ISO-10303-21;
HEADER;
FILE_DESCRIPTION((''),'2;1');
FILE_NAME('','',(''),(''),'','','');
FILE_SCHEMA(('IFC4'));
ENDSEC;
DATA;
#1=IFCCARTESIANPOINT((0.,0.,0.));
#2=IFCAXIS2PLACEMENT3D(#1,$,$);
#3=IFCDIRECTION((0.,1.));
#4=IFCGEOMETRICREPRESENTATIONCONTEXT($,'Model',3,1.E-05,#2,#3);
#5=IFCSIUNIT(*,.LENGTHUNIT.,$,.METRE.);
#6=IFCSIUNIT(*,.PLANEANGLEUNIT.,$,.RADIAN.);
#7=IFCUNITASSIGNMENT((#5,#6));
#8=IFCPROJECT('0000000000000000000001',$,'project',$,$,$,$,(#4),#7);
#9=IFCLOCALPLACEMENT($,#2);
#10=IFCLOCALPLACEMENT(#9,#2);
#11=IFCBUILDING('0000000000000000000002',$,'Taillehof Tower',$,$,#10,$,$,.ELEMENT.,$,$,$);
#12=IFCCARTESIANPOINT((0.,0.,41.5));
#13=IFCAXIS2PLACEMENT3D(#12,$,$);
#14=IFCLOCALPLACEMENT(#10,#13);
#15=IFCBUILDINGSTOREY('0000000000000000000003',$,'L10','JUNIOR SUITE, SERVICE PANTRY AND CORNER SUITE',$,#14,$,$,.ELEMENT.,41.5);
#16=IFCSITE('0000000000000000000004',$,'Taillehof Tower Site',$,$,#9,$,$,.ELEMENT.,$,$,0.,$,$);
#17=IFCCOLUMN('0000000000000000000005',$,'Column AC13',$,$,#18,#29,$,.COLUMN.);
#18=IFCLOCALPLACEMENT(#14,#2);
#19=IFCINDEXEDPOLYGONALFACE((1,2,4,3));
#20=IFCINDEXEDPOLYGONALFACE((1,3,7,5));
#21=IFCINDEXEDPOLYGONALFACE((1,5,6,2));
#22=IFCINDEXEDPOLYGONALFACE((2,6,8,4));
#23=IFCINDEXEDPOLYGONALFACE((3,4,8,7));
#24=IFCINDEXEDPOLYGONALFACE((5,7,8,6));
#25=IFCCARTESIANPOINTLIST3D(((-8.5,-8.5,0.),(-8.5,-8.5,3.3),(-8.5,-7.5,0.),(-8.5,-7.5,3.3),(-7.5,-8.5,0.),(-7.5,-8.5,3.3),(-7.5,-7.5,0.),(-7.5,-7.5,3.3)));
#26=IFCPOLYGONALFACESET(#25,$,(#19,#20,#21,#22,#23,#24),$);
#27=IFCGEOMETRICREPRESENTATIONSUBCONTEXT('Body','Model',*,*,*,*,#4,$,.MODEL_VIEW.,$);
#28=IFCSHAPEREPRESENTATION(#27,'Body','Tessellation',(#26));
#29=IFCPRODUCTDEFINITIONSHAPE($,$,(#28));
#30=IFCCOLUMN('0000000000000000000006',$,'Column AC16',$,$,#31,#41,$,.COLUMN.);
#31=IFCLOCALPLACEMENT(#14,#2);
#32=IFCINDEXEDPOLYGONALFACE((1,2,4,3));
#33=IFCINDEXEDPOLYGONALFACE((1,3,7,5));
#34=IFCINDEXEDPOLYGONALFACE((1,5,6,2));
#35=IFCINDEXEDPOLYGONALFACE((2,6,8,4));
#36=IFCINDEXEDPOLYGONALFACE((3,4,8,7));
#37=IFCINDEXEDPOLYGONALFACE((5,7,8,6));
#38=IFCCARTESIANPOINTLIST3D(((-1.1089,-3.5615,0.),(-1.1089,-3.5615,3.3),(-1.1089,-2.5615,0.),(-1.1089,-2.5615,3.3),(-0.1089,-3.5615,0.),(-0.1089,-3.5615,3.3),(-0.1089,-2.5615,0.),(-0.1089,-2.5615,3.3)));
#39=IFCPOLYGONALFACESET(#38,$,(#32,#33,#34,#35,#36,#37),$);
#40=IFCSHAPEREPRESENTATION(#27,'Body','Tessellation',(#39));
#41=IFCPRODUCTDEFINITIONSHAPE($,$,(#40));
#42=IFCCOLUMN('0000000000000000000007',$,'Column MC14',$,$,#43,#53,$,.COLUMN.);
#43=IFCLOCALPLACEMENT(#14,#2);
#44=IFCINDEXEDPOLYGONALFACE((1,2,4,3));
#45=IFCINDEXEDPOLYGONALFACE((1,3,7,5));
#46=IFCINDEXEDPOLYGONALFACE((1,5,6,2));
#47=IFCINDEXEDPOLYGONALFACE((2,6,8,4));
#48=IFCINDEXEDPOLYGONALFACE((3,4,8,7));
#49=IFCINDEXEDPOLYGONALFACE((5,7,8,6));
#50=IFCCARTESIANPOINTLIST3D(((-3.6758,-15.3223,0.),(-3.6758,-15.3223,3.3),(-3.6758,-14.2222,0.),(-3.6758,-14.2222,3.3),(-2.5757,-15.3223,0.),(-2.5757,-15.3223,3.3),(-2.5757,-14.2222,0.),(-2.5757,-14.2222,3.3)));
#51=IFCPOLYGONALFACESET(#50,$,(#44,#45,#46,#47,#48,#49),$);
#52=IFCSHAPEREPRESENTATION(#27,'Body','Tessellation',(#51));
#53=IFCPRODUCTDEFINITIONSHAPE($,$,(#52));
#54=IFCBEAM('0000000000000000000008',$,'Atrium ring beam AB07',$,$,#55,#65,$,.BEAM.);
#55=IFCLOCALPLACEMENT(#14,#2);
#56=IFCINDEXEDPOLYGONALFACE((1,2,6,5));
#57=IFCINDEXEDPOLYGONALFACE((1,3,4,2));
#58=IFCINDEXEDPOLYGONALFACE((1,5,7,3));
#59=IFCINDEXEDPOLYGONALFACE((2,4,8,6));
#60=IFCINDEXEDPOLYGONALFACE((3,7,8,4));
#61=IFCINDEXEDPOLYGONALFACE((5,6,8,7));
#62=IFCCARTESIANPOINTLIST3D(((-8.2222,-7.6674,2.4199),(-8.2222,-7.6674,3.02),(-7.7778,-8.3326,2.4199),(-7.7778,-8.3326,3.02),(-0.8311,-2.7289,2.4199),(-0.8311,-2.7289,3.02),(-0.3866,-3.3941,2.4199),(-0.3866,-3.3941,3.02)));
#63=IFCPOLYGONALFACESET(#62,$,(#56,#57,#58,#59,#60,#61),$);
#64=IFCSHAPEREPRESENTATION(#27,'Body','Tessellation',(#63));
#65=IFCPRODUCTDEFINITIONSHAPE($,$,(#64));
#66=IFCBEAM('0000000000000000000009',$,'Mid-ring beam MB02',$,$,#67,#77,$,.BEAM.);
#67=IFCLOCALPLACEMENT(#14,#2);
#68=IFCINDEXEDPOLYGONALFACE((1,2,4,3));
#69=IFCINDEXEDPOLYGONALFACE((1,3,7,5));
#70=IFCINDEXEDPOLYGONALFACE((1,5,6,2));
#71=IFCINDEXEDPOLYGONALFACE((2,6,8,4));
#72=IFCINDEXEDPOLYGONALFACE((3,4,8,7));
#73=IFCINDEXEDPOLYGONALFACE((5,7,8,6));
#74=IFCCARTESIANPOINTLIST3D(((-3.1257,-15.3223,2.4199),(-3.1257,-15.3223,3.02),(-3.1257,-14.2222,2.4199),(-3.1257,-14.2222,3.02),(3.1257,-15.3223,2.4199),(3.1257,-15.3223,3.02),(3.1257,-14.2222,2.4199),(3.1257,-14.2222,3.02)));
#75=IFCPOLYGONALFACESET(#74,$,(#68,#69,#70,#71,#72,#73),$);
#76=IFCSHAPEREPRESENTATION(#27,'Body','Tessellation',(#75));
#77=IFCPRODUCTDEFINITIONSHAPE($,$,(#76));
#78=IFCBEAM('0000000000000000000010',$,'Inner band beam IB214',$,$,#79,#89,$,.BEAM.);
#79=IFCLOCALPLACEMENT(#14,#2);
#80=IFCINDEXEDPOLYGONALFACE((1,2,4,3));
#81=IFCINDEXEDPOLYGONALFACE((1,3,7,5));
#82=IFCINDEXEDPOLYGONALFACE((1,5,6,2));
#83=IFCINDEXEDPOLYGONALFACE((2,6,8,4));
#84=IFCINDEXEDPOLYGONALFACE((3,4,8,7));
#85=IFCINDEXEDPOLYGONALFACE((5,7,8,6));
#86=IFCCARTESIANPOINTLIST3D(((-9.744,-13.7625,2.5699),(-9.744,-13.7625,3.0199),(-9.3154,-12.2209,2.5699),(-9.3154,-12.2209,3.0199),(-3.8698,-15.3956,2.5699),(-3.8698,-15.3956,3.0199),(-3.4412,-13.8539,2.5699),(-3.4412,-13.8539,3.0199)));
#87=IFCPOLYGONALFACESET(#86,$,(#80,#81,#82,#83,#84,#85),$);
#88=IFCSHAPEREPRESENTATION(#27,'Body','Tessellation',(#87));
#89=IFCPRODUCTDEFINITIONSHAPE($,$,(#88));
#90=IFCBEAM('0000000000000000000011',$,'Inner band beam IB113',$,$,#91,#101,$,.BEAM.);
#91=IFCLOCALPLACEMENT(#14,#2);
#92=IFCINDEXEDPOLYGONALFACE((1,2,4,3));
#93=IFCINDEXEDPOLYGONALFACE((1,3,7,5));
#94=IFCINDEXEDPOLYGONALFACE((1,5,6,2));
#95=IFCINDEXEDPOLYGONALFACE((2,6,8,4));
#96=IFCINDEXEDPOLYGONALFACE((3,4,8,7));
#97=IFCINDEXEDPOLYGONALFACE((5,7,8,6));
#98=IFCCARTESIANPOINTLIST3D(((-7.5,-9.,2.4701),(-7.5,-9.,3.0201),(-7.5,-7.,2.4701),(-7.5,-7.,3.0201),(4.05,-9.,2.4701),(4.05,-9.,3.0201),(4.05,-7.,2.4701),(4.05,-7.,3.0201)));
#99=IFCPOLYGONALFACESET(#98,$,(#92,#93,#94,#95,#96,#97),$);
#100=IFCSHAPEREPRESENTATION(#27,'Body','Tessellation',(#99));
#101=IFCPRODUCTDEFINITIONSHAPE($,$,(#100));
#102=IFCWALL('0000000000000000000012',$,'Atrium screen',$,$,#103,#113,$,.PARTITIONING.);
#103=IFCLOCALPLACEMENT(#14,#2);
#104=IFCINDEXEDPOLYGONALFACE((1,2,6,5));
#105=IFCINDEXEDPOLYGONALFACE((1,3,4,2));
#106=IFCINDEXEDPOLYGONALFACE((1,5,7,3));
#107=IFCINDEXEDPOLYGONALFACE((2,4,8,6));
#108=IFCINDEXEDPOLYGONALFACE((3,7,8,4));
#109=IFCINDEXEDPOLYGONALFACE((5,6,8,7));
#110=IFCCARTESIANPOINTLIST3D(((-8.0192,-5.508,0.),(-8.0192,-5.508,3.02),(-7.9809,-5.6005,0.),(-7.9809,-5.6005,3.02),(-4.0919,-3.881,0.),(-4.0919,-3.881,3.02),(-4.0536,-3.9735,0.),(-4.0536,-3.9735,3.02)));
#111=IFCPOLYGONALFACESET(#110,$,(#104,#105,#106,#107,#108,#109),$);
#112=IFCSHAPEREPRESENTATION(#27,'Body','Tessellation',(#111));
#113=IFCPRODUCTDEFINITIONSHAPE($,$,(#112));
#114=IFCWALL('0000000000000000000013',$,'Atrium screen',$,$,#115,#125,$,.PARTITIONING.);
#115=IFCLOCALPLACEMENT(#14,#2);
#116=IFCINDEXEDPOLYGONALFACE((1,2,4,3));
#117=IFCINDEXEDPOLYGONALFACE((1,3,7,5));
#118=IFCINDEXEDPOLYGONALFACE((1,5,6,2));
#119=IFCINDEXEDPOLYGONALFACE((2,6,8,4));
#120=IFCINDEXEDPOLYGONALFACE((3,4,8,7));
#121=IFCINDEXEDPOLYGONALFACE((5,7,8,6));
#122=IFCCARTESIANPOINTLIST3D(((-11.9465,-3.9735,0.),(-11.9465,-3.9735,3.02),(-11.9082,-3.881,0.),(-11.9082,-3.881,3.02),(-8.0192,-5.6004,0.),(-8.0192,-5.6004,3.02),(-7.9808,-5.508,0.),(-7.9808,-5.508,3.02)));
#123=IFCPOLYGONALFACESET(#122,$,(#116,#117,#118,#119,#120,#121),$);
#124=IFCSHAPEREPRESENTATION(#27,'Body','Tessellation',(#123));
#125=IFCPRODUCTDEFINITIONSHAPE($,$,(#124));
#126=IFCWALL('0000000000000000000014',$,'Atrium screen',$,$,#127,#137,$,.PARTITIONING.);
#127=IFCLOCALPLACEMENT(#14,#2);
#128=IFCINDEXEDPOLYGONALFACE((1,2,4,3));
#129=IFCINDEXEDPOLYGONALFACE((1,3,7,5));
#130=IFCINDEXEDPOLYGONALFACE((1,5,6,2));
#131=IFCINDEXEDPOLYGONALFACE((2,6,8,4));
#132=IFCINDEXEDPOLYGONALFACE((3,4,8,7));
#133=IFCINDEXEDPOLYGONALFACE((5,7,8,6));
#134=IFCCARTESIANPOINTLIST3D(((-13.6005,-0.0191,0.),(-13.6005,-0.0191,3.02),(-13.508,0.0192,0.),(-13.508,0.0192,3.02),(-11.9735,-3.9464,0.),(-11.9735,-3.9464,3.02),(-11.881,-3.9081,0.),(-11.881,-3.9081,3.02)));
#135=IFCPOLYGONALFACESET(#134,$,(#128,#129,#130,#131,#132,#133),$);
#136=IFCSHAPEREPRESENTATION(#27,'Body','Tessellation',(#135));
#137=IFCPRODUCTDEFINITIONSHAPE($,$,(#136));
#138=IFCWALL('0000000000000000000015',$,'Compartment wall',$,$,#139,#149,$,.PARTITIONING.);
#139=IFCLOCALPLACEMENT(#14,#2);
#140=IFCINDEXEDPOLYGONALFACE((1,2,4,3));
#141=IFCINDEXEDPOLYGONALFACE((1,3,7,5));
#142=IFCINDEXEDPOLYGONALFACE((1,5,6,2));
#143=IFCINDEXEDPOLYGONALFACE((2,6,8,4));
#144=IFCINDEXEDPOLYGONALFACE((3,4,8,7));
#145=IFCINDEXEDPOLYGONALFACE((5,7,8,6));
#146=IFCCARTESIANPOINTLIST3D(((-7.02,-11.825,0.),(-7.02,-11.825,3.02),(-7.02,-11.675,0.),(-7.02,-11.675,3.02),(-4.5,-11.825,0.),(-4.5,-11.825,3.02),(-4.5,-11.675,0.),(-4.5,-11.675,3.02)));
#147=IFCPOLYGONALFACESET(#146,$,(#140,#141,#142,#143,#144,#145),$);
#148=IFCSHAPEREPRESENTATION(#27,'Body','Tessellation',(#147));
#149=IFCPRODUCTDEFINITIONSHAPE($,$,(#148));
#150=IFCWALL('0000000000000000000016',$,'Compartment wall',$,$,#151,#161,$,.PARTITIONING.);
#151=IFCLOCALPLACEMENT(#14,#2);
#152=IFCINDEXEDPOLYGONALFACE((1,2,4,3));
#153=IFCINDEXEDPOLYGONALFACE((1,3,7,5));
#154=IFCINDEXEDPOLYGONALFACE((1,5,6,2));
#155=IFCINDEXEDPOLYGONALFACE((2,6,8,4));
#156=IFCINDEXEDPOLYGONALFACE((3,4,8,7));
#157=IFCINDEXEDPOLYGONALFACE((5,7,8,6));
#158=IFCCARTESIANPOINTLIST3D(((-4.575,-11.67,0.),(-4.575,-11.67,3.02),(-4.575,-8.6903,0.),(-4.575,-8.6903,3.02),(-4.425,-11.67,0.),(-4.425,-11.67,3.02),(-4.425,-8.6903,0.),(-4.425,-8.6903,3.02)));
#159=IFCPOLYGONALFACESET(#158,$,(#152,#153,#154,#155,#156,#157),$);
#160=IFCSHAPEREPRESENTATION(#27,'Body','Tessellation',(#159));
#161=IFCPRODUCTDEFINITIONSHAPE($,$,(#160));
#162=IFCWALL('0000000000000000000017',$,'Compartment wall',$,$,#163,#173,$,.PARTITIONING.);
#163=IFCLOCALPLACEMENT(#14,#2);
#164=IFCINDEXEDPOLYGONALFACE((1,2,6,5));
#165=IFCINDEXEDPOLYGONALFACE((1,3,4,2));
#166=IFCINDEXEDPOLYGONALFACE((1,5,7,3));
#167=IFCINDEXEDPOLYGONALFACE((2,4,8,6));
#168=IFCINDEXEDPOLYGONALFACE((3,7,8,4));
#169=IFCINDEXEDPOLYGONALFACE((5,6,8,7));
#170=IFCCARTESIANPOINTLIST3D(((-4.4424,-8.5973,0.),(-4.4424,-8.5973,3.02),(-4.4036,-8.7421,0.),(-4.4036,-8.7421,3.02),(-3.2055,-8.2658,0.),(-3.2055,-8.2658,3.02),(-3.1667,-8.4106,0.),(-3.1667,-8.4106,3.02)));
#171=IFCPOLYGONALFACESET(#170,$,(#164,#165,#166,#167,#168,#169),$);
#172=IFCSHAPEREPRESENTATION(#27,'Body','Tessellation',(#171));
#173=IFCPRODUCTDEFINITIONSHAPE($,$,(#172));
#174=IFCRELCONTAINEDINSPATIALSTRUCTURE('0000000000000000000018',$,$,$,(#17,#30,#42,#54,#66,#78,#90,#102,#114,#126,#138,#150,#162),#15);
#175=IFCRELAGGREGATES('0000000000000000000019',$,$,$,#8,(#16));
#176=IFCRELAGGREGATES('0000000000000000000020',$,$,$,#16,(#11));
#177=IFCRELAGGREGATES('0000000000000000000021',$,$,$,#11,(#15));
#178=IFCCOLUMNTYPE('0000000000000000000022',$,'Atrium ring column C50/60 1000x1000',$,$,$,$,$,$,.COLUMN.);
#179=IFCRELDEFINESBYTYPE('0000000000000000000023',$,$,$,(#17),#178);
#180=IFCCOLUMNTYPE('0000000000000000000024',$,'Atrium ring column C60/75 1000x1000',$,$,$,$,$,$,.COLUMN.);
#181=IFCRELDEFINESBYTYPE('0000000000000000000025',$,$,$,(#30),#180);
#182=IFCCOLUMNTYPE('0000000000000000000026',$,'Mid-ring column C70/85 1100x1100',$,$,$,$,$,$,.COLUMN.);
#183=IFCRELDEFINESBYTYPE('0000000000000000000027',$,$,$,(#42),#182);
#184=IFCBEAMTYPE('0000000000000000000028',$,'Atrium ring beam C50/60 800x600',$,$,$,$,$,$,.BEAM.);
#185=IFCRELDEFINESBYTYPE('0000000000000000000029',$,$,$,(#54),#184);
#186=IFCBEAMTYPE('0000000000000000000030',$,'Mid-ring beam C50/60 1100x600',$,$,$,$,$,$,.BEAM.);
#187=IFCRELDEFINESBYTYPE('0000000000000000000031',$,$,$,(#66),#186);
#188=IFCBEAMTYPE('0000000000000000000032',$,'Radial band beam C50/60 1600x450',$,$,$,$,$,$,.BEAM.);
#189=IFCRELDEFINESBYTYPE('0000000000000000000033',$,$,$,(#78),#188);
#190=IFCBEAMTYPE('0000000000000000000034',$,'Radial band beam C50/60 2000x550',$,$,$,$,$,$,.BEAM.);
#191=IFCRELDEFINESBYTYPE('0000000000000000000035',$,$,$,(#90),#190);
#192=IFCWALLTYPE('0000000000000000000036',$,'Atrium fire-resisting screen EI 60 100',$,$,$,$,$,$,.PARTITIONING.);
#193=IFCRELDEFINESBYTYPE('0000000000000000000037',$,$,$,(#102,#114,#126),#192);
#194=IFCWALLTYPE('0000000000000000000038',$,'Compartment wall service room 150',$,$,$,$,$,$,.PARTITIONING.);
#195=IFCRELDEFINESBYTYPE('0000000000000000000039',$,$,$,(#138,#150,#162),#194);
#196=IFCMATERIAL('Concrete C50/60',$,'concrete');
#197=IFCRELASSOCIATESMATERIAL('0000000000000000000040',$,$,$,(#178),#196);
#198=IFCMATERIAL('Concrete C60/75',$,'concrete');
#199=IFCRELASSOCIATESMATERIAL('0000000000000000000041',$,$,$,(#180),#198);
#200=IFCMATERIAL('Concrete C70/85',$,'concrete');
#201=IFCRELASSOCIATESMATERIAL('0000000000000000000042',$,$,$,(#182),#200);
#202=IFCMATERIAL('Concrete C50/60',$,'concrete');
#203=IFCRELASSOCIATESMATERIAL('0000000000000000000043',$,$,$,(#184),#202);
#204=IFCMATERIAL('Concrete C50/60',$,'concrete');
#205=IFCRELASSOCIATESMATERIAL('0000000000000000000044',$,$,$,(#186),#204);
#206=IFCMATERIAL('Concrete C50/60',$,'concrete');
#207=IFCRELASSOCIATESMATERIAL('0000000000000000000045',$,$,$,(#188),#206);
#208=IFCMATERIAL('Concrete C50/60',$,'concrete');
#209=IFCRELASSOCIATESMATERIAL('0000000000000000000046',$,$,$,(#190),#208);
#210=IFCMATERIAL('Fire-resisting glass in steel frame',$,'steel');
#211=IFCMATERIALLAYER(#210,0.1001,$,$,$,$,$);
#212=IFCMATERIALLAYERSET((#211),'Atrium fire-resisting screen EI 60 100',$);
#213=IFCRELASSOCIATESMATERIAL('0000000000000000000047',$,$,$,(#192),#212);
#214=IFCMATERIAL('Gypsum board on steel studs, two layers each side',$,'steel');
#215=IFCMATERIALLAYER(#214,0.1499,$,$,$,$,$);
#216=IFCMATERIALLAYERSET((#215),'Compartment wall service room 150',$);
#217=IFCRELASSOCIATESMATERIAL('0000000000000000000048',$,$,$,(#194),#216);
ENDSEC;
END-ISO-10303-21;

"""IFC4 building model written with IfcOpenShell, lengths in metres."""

from ifc_helpers import new_model, si_unit, direction, frame, frame_2d, origin, origin_2d, place, context, subcontext, project, spatial, rectangle, extrude, material, layer, layer_set, material_profile, profile_set, type_object, element, save


model = new_model("IFC4")

# Units and contexts
model_context = context("Model", 3, precision=1e-05, world=origin(), true_north=direction((0.0, 1.0)))
body_context = subcontext(model_context, "Body", "Model", "MODEL_VIEW")
ifc_project = project(units=[si_unit("LENGTHUNIT", "METRE"), si_unit("PLANEANGLEUNIT", "RADIAN")], contexts=[model_context])

# Site, building, storey
site_placement = place(None, origin())
site = spatial("IfcSite", under=ifc_project, at=site_placement, Name="Taillehof Tower Site", CompositionType="ELEMENT", RefElevation=0.0)
building_placement = place(site_placement, origin())
building = spatial("IfcBuilding", under=site, at=building_placement, Name="Taillehof Tower", CompositionType="ELEMENT")
storey_placement = place(building_placement, frame((0.0, 0.0, 41.5)))
storey = spatial("IfcBuildingStorey", under=building, at=storey_placement, Name="L10", Description="JUNIOR SUITE, SERVICE PANTRY AND CORNER SUITE", CompositionType="ELEMENT", Elevation=41.5)

# Columns
ifc_material_1 = material(Name="Concrete C50/60", Category="concrete")
ifc_material_profile_1 = material_profile(ifc_material_1, rectangle(XDim=1.0, YDim=1.0, at=origin_2d()), Name="RC 1000x1000")
ifc_profile_set_1 = profile_set([ifc_material_profile_1], Name="Concrete C50/60")
column_type_1 = type_object("IfcColumnType", Name="Atrium ring column C50/60 1000x1000", PredefinedType="COLUMN", material=ifc_profile_set_1)
column_1_placement = place(storey_placement, frame((-8.0, -8.0, 0.0), z_axis=(0.0, 0.0, 1.0), x_axis=(1.0, 0.0, 0.0)))
element("IfcColumn", 1, at=column_1_placement, inside=storey, type_object=column_type_1, Name="Column AC13", PredefinedType="COLUMN", context=body_context, shape_type="SweptSolid", body=[
    extrude(rectangle(XDim=1.0, YDim=1.0, at=origin_2d()), origin(), (0.0, 0.0, 1.0), 3.3),
])
ifc_material_2 = material(Name="Concrete C60/75", Category="concrete")
ifc_material_profile_2 = material_profile(ifc_material_2, rectangle(XDim=1.0, YDim=1.0, at=origin_2d()), Name="RC 1000x1000")
ifc_profile_set_2 = profile_set([ifc_material_profile_2], Name="Concrete C60/75")
column_type_2 = type_object("IfcColumnType", Name="Atrium ring column C60/75 1000x1000", PredefinedType="COLUMN", material=ifc_profile_set_2)
column_2_placement = place(storey_placement, frame((-0.6089, -3.0615, 0.0), z_axis=(0.0, 0.0, 1.0), x_axis=(1.0, 0.0, 0.0)))
element("IfcColumn", 2, at=column_2_placement, inside=storey, type_object=column_type_2, Name="Column AC16", PredefinedType="COLUMN", context=body_context, shape_type="SweptSolid", body=[
    extrude(rectangle(XDim=1.0, YDim=1.0, at=origin_2d()), origin(), (0.0, 0.0, 1.0), 3.3),
])
ifc_material_3 = material(Name="Concrete C70/85", Category="concrete")
ifc_material_profile_3 = material_profile(ifc_material_3, rectangle(XDim=1.1001, YDim=1.1001, at=origin_2d()), Name="RC 1100x1100")
ifc_profile_set_3 = profile_set([ifc_material_profile_3], Name="Concrete C70/85")
column_type_3 = type_object("IfcColumnType", Name="Mid-ring column C70/85 1100x1100", PredefinedType="COLUMN", material=ifc_profile_set_3)
column_3_placement = place(storey_placement, frame((-3.1257, -14.7722, 0.0), z_axis=(0.0, 0.0, 1.0), x_axis=(1.0, 0.0, 0.0)))
element("IfcColumn", 3, at=column_3_placement, inside=storey, type_object=column_type_3, Name="Column MC14", PredefinedType="COLUMN", context=body_context, shape_type="SweptSolid", body=[
    extrude(rectangle(XDim=1.1001, YDim=1.1001, at=origin_2d()), origin(), (0.0, 0.0, 1.0), 3.3),
])

# Beams
ifc_material_4 = material(Name="Concrete C50/60", Category="concrete")
ifc_material_profile_4 = material_profile(ifc_material_4, rectangle(XDim=0.8, YDim=0.6001, at=origin_2d()), Name="RC 800x600")
ifc_profile_set_4 = profile_set([ifc_material_profile_4], Name="Concrete C50/60")
beam_type_1 = type_object("IfcBeamType", Name="Atrium ring beam C50/60 800x600", PredefinedType="BEAM", material=ifc_profile_set_4)
beam_1_placement = place(storey_placement, frame((-8.0, -8.0, 2.72), z_axis=(0.831475, 0.555562, 0.0), x_axis=(-0.555562, 0.831475, 0.0)))
element("IfcBeam", 4, at=beam_1_placement, inside=storey, type_object=beam_type_1, Name="Atrium ring beam AB07", PredefinedType="BEAM", context=body_context, shape_type="SweptSolid", body=[
    extrude(rectangle(XDim=0.8, YDim=0.6001, at=origin_2d()), origin(), (0.0, 0.0, 1.0), 8.8892),
])
ifc_material_5 = material(Name="Concrete C50/60", Category="concrete")
ifc_material_profile_5 = material_profile(ifc_material_5, rectangle(XDim=1.1001, YDim=0.6001, at=origin_2d()), Name="RC 1100x600")
ifc_profile_set_5 = profile_set([ifc_material_profile_5], Name="Concrete C50/60")
beam_type_2 = type_object("IfcBeamType", Name="Mid-ring beam C50/60 1100x600", PredefinedType="BEAM", material=ifc_profile_set_5)
beam_2_placement = place(storey_placement, frame((-3.1257, -14.7722, 2.72), z_axis=(1.0, 0.0, 0.0), x_axis=(0.0, 1.0, 0.0)))
element("IfcBeam", 5, at=beam_2_placement, inside=storey, type_object=beam_type_2, Name="Mid-ring beam MB02", PredefinedType="BEAM", context=body_context, shape_type="SweptSolid", body=[
    extrude(rectangle(XDim=1.1001, YDim=0.6001, at=origin_2d()), origin(), (0.0, 0.0, 1.0), 6.2515),
])
ifc_material_6 = material(Name="Concrete C50/60", Category="concrete")
ifc_material_profile_6 = material_profile(ifc_material_6, rectangle(XDim=1.6001, YDim=0.45, at=origin_2d()), Name="RC 1600x450")
ifc_profile_set_6 = profile_set([ifc_material_profile_6], Name="Concrete C50/60")
beam_type_3 = type_object("IfcBeamType", Name="Radial band beam C50/60 1600x450", PredefinedType="BEAM", material=ifc_profile_set_6)
beam_3_placement = place(storey_placement, frame((-3.6555, -14.6248, 2.7949), z_axis=(-0.963459, 0.267855, 0.0), x_axis=(-0.267855, -0.963459, 0.0)))
element("IfcBeam", 6, at=beam_3_placement, inside=storey, type_object=beam_type_3, Name="Inner band beam IB214", PredefinedType="BEAM", context=body_context, shape_type="SweptSolid", body=[
    extrude(rectangle(XDim=1.6001, YDim=0.45, at=origin_2d()), origin(), (0.0, 0.0, 1.0), 6.0969),
])
ifc_material_7 = material(Name="Concrete C50/60", Category="concrete")
ifc_material_profile_7 = material_profile(ifc_material_7, rectangle(XDim=2.0, YDim=0.55, at=origin_2d()), Name="RC 2000x550")
ifc_profile_set_7 = profile_set([ifc_material_profile_7], Name="Concrete C50/60")
beam_type_4 = type_object("IfcBeamType", Name="Radial band beam C50/60 2000x550", PredefinedType="BEAM", material=ifc_profile_set_7)
beam_4_placement = place(storey_placement, frame((-7.5, -8.0, 2.7451), z_axis=(1.0, 0.0, 0.0), x_axis=(0.0, 1.0, 0.0)))
element("IfcBeam", 7, at=beam_4_placement, inside=storey, type_object=beam_type_4, Name="Inner band beam IB113", PredefinedType="BEAM", context=body_context, shape_type="SweptSolid", body=[
    extrude(rectangle(XDim=2.0, YDim=0.55, at=origin_2d()), origin(), (0.0, 0.0, 1.0), 11.55),
])

# Walls
ifc_material_8 = material(Name="Fire-resisting glass in steel frame", Category="steel")
ifc_layer_1 = layer(ifc_material_8, 0.1001)
ifc_layer_set_1 = layer_set([ifc_layer_1], Name="Atrium fire-resisting screen EI 60 100")
wall_type_1 = type_object("IfcWallType", Name="Atrium fire-resisting screen EI 60 100", PredefinedType="PARTITIONING", material=ifc_layer_set_1)
for number, where, z_axis, x_axis, name in (
    (8, (-4.0728, -3.9272, 0.0), (0.0, 0.0, 1.0), (-0.92386, -0.382731, 0.0), "Atrium screen"),
    (9, (-8.0, -5.5542, 0.0), (0.0, 0.0, 1.0), (-0.92386, 0.382731, 0.0), "Atrium screen"),
    (10, (-11.9272, -3.9272, 0.0), (0.0, 0.0, 1.0), (-0.382731, 0.92386, 0.0), "Atrium screen"),
):
    element("IfcWall", number, at=place(storey_placement, frame(where, z_axis=z_axis, x_axis=x_axis)), inside=storey, type_object=wall_type_1, Name=name, PredefinedType="PARTITIONING", context=body_context, shape_type="SweptSolid", body=[
        extrude(rectangle(XDim=4.251, YDim=0.1001, at=frame_2d((2.1255, 0.0))), origin(), (0.0, 0.0, 1.0), 3.02),
    ])
ifc_material_9 = material(Name="Gypsum board on steel studs, two layers each side", Category="steel")
ifc_layer_2 = layer(ifc_material_9, 0.1499)
ifc_layer_set_2 = layer_set([ifc_layer_2], Name="Compartment wall service room 150")
wall_type_2 = type_object("IfcWallType", Name="Compartment wall service room 150", PredefinedType="PARTITIONING", material=ifc_layer_set_2)
wall_1_placement = place(storey_placement, frame((-7.02, -11.75, 0.0), z_axis=(0.0, 0.0, 1.0), x_axis=(1.0, 0.0, 0.0)))
element("IfcWall", 11, at=wall_1_placement, inside=storey, type_object=wall_type_2, Name="Compartment wall", PredefinedType="PARTITIONING", context=body_context, shape_type="SweptSolid", body=[
    extrude(rectangle(XDim=2.52, YDim=0.1499, at=frame_2d((1.26, 0.0))), origin(), (0.0, 0.0, 1.0), 3.02),
])
wall_2_placement = place(storey_placement, frame((-4.5, -11.6699, 0.0), z_axis=(0.0, 0.0, 1.0), x_axis=(0.0, 1.0, 0.0)))
element("IfcWall", 12, at=wall_2_placement, inside=storey, type_object=wall_type_2, Name="Compartment wall", PredefinedType="PARTITIONING", context=body_context, shape_type="SweptSolid", body=[
    extrude(rectangle(XDim=2.9797, YDim=0.1499, at=frame_2d((1.4897, 0.0))), origin(), (0.0, 0.0, 1.0), 3.02),
])
wall_3_placement = place(storey_placement, frame((-4.4229, -8.6697, 0.0), z_axis=(0.0, 0.0, 1.0), x_axis=(0.965899, 0.25892, 0.0)))
element("IfcWall", 13, at=wall_3_placement, inside=storey, type_object=wall_type_2, Name="Compartment wall", PredefinedType="PARTITIONING", context=body_context, shape_type="SweptSolid", body=[
    extrude(rectangle(XDim=1.2805, YDim=0.1499, at=frame_2d((0.6401, 0.0))), origin(), (0.0, 0.0, 1.0), 3.02),
])

save(model, "model.ifc")
